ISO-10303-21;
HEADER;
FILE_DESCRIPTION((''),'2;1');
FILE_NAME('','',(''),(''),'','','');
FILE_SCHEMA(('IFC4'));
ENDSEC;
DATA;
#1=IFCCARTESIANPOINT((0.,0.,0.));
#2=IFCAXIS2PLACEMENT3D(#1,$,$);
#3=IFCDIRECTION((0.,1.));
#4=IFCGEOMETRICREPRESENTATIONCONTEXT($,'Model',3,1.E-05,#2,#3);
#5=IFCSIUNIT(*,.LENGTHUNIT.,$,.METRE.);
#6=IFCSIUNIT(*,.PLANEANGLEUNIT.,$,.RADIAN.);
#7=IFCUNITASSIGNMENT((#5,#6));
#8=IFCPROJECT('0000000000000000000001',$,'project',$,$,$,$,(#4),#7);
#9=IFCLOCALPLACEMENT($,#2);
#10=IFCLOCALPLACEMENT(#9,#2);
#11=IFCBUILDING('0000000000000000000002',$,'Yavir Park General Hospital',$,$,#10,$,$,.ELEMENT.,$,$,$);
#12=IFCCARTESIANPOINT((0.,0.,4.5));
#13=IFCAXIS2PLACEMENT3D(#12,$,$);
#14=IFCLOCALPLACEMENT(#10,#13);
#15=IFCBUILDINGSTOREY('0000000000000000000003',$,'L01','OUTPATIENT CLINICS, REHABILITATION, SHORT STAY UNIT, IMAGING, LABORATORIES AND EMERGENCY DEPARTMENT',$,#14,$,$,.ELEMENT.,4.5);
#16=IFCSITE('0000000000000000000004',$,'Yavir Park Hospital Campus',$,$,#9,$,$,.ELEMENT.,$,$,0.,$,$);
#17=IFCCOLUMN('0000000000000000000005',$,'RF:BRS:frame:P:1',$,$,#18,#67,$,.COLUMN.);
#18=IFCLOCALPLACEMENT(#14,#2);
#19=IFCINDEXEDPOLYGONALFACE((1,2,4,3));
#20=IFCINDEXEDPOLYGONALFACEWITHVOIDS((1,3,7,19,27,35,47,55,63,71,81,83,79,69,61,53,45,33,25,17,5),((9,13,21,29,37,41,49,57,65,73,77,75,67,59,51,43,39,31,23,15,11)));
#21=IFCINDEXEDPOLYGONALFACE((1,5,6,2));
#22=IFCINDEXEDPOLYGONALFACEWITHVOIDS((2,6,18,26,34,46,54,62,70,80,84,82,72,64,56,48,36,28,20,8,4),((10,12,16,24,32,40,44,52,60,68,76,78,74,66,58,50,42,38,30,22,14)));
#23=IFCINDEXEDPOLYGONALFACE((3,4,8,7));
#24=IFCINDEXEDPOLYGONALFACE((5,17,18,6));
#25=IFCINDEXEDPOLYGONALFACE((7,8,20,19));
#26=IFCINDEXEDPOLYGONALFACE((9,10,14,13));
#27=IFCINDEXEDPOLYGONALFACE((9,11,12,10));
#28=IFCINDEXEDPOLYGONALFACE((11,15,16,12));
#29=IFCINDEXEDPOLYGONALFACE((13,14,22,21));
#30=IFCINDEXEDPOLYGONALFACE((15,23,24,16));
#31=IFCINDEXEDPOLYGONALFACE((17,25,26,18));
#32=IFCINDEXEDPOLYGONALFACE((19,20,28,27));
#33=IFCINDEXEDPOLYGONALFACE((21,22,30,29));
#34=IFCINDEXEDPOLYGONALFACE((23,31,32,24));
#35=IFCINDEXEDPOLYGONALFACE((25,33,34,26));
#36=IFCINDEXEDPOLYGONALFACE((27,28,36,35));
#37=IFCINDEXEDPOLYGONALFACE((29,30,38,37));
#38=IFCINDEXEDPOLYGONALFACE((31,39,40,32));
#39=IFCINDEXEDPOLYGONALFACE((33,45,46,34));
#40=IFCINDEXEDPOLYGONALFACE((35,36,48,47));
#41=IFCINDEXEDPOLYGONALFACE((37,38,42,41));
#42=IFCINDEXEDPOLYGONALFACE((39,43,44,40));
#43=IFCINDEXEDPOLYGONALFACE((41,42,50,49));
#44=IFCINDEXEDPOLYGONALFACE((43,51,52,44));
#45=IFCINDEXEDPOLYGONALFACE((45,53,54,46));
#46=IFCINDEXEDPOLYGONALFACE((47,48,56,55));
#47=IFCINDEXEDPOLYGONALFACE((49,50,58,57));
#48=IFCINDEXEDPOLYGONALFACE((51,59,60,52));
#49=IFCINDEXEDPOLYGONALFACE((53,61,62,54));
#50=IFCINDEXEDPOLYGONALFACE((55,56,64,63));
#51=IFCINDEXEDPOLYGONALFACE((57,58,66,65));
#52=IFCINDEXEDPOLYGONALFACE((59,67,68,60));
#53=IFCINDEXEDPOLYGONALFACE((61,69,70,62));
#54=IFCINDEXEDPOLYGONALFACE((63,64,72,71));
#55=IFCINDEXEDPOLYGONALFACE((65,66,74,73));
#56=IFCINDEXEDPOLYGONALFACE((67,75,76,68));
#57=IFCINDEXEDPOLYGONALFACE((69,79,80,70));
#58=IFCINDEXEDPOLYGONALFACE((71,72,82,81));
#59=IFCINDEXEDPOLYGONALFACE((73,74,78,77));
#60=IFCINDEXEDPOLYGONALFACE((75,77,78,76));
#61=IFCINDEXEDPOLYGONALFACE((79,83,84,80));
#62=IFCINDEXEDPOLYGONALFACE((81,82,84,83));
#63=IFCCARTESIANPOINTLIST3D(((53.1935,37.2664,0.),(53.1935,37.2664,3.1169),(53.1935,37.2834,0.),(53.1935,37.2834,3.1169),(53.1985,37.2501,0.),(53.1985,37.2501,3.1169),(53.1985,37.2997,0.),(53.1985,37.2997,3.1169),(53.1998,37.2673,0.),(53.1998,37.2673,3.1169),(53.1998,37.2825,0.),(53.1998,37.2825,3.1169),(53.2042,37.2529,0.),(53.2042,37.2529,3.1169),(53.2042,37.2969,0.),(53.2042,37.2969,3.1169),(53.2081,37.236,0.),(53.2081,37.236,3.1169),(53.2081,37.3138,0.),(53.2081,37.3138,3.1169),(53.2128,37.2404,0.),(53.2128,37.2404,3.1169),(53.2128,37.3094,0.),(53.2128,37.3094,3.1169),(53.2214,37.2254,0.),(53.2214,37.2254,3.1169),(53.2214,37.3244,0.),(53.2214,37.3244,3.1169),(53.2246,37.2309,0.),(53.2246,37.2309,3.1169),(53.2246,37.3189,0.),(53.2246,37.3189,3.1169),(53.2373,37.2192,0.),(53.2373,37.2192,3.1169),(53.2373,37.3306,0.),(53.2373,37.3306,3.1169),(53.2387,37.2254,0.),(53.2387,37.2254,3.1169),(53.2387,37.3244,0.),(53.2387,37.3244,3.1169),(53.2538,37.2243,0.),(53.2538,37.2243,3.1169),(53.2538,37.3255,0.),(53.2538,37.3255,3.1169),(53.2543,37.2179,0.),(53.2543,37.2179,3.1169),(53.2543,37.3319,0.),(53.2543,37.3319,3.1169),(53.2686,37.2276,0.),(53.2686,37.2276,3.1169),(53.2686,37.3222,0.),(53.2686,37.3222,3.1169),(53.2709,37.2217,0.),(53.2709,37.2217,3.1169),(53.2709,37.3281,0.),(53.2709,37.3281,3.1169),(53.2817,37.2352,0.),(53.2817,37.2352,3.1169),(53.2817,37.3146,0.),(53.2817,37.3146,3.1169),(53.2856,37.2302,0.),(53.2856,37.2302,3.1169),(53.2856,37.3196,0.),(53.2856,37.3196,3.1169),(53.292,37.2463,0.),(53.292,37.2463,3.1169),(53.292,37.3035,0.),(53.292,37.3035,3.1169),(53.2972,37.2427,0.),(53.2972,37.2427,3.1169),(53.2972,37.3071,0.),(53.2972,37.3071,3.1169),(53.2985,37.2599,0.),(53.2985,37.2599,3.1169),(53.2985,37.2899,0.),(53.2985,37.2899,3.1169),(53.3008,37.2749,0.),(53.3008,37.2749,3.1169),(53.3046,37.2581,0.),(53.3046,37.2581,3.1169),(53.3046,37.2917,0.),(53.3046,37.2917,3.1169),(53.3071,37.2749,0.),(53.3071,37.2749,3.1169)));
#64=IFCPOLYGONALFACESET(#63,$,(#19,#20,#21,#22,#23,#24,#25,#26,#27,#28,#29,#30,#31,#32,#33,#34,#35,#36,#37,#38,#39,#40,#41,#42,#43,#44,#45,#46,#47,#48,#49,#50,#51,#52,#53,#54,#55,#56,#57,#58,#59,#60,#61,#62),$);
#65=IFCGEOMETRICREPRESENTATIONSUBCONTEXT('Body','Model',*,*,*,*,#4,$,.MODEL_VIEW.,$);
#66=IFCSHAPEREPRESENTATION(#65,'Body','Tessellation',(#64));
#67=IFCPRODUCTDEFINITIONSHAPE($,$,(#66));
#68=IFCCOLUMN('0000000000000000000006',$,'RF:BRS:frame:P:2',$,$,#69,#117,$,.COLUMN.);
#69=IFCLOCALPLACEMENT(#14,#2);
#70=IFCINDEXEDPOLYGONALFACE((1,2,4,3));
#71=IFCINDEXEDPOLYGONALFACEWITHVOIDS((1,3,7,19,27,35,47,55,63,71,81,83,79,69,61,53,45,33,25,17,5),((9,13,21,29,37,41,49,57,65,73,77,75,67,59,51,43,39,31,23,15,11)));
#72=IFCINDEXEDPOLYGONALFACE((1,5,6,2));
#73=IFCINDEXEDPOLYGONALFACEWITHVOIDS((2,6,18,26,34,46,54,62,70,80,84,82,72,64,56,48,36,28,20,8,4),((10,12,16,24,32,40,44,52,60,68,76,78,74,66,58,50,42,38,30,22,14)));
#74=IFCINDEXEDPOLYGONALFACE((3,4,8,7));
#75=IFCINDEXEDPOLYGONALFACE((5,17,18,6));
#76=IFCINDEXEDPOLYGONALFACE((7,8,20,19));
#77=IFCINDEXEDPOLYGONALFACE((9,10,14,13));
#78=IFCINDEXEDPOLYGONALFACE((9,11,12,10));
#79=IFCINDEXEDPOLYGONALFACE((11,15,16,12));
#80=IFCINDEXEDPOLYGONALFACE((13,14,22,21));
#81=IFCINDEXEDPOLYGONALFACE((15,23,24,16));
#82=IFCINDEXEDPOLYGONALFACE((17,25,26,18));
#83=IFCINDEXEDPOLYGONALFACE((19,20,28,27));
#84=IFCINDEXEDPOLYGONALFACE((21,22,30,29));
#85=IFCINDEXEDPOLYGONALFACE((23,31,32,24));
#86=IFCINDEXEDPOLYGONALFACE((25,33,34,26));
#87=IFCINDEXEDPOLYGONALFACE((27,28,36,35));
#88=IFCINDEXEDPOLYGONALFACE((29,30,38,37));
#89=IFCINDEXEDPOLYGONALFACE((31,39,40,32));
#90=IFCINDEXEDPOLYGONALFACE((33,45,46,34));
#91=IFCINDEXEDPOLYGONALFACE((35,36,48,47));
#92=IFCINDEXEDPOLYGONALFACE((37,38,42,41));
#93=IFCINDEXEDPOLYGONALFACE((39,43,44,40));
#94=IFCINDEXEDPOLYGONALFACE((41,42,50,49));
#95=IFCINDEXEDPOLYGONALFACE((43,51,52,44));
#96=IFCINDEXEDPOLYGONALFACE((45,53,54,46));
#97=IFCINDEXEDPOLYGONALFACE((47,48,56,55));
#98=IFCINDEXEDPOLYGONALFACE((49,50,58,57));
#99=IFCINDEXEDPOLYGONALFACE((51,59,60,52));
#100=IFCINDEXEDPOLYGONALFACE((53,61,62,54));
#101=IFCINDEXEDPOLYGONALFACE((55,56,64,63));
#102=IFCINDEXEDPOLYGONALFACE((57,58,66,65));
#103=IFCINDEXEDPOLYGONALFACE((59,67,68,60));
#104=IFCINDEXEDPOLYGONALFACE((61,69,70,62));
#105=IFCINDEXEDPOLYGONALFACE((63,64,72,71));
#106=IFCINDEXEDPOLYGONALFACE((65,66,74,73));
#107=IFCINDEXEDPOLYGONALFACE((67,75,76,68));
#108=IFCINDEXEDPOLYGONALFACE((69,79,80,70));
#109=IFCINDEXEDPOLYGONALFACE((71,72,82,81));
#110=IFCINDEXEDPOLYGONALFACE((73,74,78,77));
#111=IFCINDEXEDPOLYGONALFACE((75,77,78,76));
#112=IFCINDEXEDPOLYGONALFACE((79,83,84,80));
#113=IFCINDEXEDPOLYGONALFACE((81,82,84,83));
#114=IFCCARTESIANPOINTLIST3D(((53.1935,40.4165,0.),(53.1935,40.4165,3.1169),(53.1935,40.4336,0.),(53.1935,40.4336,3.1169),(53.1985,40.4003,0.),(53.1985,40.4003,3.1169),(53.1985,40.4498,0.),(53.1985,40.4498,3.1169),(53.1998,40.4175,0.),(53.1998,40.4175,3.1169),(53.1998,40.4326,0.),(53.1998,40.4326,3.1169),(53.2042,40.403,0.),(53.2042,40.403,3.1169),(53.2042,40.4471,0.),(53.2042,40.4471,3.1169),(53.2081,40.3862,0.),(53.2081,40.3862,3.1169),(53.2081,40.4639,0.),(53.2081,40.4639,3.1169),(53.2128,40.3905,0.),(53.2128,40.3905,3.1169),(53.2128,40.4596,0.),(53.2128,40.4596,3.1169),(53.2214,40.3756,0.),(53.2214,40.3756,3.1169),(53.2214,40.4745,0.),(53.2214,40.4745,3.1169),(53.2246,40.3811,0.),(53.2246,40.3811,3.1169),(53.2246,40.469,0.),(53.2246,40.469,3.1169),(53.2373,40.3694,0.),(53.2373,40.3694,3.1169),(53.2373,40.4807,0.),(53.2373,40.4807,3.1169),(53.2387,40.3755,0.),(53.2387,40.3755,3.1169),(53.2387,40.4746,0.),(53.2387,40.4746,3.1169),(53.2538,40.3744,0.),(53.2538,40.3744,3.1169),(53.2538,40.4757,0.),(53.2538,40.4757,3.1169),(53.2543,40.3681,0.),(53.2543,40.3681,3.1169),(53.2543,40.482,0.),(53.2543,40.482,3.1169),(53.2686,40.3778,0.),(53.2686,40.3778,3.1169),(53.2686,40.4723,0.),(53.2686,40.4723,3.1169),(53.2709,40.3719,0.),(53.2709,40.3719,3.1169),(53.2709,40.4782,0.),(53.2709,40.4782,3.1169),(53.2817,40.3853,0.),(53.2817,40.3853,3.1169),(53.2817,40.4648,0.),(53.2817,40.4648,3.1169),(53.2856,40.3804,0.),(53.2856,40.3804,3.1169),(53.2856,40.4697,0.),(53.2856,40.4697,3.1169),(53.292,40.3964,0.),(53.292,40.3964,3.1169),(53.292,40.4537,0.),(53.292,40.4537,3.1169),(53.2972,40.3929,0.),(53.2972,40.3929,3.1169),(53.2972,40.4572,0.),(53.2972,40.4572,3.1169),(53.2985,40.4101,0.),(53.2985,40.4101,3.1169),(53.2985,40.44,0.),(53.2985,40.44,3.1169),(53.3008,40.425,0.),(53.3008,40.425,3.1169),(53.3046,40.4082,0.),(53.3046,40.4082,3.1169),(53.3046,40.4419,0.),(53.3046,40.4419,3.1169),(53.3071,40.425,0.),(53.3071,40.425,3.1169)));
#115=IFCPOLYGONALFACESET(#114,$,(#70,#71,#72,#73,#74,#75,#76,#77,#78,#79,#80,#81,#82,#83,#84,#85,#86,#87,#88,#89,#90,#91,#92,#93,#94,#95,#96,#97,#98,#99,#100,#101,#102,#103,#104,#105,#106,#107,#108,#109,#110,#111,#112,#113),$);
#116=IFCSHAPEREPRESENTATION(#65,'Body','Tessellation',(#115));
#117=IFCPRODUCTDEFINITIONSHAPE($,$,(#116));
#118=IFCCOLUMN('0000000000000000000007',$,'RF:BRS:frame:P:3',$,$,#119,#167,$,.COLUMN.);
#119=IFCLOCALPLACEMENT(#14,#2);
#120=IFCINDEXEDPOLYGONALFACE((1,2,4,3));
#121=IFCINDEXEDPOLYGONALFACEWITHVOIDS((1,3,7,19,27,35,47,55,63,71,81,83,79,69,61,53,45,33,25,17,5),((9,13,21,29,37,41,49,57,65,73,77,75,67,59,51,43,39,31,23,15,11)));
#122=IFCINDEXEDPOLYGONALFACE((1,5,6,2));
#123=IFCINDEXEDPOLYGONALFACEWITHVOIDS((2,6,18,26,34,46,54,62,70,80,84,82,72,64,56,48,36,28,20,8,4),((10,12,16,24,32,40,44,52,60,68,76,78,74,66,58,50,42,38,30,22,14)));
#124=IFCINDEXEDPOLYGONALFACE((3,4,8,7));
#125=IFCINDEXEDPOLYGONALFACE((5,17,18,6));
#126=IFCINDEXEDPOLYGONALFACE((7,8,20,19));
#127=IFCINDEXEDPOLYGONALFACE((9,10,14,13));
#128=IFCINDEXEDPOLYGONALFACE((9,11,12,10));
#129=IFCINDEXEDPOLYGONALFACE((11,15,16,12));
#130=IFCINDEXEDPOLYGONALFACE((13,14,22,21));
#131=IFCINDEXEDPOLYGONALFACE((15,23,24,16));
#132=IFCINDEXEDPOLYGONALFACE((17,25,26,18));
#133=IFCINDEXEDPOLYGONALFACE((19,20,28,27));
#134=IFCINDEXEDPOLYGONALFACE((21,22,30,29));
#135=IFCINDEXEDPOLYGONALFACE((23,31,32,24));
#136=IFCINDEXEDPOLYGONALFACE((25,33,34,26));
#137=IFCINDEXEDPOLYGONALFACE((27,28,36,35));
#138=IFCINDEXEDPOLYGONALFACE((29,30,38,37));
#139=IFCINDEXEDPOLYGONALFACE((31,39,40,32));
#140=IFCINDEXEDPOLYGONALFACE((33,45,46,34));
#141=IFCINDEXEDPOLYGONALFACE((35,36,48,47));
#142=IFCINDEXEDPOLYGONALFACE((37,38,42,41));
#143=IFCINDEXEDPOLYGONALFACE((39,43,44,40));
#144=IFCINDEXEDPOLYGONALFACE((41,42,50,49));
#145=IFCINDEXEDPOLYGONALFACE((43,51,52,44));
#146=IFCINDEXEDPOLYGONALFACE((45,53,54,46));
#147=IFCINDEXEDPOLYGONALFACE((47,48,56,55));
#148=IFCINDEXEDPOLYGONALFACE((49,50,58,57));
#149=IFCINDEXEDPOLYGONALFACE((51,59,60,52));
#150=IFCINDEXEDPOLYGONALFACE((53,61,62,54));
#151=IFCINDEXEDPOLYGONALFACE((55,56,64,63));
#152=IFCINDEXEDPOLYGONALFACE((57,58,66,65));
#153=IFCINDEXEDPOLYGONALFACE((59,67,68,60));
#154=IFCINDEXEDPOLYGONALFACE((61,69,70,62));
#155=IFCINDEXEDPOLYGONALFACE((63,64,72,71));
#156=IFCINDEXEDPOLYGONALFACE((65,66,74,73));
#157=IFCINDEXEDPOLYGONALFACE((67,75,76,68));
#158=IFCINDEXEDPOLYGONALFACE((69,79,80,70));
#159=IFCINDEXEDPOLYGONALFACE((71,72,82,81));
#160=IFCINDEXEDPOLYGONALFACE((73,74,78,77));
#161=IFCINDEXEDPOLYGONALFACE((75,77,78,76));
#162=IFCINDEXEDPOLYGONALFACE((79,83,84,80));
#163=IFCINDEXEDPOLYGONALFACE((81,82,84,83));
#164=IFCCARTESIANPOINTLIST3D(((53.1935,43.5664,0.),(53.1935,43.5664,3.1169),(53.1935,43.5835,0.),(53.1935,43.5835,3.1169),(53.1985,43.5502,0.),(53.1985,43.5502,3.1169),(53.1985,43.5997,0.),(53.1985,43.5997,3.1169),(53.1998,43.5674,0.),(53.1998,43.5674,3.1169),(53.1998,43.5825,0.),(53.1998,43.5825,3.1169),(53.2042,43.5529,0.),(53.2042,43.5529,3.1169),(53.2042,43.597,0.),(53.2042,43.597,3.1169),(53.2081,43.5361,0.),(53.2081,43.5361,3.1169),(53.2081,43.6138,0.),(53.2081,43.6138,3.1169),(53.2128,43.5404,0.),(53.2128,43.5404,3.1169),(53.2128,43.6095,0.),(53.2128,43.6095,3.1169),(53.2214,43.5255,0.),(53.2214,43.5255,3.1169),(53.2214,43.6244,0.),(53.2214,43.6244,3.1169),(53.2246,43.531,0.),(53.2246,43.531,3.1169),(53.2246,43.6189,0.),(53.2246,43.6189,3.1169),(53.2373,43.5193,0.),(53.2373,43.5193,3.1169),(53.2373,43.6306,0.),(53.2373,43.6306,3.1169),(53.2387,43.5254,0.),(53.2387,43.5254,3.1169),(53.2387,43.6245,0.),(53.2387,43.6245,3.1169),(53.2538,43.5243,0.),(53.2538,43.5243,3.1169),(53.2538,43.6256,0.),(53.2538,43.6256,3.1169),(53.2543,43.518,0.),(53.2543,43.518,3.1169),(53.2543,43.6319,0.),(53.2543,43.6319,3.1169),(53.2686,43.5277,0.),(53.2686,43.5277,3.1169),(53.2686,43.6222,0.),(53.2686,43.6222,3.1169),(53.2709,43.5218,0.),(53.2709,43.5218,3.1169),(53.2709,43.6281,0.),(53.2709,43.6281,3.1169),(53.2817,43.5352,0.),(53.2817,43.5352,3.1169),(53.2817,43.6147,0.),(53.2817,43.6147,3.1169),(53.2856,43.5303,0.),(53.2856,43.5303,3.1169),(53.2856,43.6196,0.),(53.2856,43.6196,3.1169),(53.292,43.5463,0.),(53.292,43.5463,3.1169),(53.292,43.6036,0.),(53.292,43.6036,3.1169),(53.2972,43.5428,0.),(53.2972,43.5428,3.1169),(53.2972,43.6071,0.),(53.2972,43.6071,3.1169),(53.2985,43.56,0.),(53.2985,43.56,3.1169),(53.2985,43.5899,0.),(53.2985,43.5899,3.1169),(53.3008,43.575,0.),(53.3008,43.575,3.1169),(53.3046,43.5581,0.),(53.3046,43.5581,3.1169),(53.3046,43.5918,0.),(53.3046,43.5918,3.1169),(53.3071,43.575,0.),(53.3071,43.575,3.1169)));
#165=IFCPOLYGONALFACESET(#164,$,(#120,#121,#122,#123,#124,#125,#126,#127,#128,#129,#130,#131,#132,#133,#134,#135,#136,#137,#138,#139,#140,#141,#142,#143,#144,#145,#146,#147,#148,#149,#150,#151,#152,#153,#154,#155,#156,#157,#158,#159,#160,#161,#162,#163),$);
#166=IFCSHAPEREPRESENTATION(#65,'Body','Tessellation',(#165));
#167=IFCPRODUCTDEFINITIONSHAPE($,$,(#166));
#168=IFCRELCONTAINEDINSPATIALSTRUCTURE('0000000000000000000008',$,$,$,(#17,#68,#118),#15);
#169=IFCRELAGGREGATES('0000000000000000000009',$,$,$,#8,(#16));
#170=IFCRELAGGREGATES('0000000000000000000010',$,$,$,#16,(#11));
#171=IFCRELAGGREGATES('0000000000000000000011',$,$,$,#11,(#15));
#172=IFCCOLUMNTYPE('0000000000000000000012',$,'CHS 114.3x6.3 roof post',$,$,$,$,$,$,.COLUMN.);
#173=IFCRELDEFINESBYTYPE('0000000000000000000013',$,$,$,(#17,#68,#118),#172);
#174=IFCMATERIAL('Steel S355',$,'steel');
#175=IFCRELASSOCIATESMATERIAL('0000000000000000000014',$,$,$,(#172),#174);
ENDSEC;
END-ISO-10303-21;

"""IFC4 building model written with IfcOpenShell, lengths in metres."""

from ifc_helpers import new_model, si_unit, direction, frame, origin, origin_2d, place, context, subcontext, project, spatial, hollow_circle, extrude, material, material_profile, profile_set, type_object, element, save


model = new_model("IFC4")

# Units and contexts
model_context = context("Model", 3, precision=1e-05, world=origin(), true_north=direction((0.0, 1.0)))
body_context = subcontext(model_context, "Body", "Model", "MODEL_VIEW")
ifc_project = project(units=[si_unit("LENGTHUNIT", "METRE"), si_unit("PLANEANGLEUNIT", "RADIAN")], contexts=[model_context])

# Site, building, storey
site_placement = place(None, origin())
site = spatial("IfcSite", under=ifc_project, at=site_placement, Name="Yavir Park Hospital Campus", CompositionType="ELEMENT", RefElevation=0.0)
building_placement = place(site_placement, origin())
building = spatial("IfcBuilding", under=site, at=building_placement, Name="Yavir Park General Hospital", CompositionType="ELEMENT")
storey_placement = place(building_placement, frame((0.0, 0.0, 4.5)))
storey = spatial("IfcBuildingStorey", under=building, at=storey_placement, Name="L01", Description="OUTPATIENT CLINICS, REHABILITATION, SHORT STAY UNIT, IMAGING, LABORATORIES AND EMERGENCY DEPARTMENT", CompositionType="ELEMENT", Elevation=4.5)

# Columns
ifc_material_1 = material(Name="Steel S355", Category="steel")
ifc_material_profile_1 = material_profile(ifc_material_1, hollow_circle(Radius=0.0571, WallThickness=0.0063, at=origin_2d()), Name="CHS114.3x6.3")
ifc_profile_set_1 = profile_set([ifc_material_profile_1], Name="Steel S355")
column_type = type_object("IfcColumnType", Name="CHS 114.3x6.3 roof post", PredefinedType="COLUMN", material=ifc_profile_set_1)
for number, where, z_axis, x_axis, name in (
    (1, (53.25, 37.2749, 0.0), (0.0, 0.0, 1.0), (1.0, 0.0, 0.0), "RF:BRS:frame:P:1"),
    (2, (53.25, 40.425, 0.0), (0.0, 0.0, 1.0), (1.0, 0.0, 0.0), "RF:BRS:frame:P:2"),
    (3, (53.25, 43.575, 0.0), (0.0, 0.0, 1.0), (1.0, 0.0, 0.0), "RF:BRS:frame:P:3"),
):
    element("IfcColumn", number, at=place(storey_placement, frame(where, z_axis=z_axis, x_axis=x_axis)), inside=storey, type_object=column_type, Name=name, PredefinedType="COLUMN", context=body_context, shape_type="SweptSolid", body=[
        extrude(hollow_circle(Radius=0.0571, WallThickness=0.0063, at=origin_2d()), origin(), (0.0, 0.0, 1.0), 3.1169),
    ])

save(model, "model.ifc")
